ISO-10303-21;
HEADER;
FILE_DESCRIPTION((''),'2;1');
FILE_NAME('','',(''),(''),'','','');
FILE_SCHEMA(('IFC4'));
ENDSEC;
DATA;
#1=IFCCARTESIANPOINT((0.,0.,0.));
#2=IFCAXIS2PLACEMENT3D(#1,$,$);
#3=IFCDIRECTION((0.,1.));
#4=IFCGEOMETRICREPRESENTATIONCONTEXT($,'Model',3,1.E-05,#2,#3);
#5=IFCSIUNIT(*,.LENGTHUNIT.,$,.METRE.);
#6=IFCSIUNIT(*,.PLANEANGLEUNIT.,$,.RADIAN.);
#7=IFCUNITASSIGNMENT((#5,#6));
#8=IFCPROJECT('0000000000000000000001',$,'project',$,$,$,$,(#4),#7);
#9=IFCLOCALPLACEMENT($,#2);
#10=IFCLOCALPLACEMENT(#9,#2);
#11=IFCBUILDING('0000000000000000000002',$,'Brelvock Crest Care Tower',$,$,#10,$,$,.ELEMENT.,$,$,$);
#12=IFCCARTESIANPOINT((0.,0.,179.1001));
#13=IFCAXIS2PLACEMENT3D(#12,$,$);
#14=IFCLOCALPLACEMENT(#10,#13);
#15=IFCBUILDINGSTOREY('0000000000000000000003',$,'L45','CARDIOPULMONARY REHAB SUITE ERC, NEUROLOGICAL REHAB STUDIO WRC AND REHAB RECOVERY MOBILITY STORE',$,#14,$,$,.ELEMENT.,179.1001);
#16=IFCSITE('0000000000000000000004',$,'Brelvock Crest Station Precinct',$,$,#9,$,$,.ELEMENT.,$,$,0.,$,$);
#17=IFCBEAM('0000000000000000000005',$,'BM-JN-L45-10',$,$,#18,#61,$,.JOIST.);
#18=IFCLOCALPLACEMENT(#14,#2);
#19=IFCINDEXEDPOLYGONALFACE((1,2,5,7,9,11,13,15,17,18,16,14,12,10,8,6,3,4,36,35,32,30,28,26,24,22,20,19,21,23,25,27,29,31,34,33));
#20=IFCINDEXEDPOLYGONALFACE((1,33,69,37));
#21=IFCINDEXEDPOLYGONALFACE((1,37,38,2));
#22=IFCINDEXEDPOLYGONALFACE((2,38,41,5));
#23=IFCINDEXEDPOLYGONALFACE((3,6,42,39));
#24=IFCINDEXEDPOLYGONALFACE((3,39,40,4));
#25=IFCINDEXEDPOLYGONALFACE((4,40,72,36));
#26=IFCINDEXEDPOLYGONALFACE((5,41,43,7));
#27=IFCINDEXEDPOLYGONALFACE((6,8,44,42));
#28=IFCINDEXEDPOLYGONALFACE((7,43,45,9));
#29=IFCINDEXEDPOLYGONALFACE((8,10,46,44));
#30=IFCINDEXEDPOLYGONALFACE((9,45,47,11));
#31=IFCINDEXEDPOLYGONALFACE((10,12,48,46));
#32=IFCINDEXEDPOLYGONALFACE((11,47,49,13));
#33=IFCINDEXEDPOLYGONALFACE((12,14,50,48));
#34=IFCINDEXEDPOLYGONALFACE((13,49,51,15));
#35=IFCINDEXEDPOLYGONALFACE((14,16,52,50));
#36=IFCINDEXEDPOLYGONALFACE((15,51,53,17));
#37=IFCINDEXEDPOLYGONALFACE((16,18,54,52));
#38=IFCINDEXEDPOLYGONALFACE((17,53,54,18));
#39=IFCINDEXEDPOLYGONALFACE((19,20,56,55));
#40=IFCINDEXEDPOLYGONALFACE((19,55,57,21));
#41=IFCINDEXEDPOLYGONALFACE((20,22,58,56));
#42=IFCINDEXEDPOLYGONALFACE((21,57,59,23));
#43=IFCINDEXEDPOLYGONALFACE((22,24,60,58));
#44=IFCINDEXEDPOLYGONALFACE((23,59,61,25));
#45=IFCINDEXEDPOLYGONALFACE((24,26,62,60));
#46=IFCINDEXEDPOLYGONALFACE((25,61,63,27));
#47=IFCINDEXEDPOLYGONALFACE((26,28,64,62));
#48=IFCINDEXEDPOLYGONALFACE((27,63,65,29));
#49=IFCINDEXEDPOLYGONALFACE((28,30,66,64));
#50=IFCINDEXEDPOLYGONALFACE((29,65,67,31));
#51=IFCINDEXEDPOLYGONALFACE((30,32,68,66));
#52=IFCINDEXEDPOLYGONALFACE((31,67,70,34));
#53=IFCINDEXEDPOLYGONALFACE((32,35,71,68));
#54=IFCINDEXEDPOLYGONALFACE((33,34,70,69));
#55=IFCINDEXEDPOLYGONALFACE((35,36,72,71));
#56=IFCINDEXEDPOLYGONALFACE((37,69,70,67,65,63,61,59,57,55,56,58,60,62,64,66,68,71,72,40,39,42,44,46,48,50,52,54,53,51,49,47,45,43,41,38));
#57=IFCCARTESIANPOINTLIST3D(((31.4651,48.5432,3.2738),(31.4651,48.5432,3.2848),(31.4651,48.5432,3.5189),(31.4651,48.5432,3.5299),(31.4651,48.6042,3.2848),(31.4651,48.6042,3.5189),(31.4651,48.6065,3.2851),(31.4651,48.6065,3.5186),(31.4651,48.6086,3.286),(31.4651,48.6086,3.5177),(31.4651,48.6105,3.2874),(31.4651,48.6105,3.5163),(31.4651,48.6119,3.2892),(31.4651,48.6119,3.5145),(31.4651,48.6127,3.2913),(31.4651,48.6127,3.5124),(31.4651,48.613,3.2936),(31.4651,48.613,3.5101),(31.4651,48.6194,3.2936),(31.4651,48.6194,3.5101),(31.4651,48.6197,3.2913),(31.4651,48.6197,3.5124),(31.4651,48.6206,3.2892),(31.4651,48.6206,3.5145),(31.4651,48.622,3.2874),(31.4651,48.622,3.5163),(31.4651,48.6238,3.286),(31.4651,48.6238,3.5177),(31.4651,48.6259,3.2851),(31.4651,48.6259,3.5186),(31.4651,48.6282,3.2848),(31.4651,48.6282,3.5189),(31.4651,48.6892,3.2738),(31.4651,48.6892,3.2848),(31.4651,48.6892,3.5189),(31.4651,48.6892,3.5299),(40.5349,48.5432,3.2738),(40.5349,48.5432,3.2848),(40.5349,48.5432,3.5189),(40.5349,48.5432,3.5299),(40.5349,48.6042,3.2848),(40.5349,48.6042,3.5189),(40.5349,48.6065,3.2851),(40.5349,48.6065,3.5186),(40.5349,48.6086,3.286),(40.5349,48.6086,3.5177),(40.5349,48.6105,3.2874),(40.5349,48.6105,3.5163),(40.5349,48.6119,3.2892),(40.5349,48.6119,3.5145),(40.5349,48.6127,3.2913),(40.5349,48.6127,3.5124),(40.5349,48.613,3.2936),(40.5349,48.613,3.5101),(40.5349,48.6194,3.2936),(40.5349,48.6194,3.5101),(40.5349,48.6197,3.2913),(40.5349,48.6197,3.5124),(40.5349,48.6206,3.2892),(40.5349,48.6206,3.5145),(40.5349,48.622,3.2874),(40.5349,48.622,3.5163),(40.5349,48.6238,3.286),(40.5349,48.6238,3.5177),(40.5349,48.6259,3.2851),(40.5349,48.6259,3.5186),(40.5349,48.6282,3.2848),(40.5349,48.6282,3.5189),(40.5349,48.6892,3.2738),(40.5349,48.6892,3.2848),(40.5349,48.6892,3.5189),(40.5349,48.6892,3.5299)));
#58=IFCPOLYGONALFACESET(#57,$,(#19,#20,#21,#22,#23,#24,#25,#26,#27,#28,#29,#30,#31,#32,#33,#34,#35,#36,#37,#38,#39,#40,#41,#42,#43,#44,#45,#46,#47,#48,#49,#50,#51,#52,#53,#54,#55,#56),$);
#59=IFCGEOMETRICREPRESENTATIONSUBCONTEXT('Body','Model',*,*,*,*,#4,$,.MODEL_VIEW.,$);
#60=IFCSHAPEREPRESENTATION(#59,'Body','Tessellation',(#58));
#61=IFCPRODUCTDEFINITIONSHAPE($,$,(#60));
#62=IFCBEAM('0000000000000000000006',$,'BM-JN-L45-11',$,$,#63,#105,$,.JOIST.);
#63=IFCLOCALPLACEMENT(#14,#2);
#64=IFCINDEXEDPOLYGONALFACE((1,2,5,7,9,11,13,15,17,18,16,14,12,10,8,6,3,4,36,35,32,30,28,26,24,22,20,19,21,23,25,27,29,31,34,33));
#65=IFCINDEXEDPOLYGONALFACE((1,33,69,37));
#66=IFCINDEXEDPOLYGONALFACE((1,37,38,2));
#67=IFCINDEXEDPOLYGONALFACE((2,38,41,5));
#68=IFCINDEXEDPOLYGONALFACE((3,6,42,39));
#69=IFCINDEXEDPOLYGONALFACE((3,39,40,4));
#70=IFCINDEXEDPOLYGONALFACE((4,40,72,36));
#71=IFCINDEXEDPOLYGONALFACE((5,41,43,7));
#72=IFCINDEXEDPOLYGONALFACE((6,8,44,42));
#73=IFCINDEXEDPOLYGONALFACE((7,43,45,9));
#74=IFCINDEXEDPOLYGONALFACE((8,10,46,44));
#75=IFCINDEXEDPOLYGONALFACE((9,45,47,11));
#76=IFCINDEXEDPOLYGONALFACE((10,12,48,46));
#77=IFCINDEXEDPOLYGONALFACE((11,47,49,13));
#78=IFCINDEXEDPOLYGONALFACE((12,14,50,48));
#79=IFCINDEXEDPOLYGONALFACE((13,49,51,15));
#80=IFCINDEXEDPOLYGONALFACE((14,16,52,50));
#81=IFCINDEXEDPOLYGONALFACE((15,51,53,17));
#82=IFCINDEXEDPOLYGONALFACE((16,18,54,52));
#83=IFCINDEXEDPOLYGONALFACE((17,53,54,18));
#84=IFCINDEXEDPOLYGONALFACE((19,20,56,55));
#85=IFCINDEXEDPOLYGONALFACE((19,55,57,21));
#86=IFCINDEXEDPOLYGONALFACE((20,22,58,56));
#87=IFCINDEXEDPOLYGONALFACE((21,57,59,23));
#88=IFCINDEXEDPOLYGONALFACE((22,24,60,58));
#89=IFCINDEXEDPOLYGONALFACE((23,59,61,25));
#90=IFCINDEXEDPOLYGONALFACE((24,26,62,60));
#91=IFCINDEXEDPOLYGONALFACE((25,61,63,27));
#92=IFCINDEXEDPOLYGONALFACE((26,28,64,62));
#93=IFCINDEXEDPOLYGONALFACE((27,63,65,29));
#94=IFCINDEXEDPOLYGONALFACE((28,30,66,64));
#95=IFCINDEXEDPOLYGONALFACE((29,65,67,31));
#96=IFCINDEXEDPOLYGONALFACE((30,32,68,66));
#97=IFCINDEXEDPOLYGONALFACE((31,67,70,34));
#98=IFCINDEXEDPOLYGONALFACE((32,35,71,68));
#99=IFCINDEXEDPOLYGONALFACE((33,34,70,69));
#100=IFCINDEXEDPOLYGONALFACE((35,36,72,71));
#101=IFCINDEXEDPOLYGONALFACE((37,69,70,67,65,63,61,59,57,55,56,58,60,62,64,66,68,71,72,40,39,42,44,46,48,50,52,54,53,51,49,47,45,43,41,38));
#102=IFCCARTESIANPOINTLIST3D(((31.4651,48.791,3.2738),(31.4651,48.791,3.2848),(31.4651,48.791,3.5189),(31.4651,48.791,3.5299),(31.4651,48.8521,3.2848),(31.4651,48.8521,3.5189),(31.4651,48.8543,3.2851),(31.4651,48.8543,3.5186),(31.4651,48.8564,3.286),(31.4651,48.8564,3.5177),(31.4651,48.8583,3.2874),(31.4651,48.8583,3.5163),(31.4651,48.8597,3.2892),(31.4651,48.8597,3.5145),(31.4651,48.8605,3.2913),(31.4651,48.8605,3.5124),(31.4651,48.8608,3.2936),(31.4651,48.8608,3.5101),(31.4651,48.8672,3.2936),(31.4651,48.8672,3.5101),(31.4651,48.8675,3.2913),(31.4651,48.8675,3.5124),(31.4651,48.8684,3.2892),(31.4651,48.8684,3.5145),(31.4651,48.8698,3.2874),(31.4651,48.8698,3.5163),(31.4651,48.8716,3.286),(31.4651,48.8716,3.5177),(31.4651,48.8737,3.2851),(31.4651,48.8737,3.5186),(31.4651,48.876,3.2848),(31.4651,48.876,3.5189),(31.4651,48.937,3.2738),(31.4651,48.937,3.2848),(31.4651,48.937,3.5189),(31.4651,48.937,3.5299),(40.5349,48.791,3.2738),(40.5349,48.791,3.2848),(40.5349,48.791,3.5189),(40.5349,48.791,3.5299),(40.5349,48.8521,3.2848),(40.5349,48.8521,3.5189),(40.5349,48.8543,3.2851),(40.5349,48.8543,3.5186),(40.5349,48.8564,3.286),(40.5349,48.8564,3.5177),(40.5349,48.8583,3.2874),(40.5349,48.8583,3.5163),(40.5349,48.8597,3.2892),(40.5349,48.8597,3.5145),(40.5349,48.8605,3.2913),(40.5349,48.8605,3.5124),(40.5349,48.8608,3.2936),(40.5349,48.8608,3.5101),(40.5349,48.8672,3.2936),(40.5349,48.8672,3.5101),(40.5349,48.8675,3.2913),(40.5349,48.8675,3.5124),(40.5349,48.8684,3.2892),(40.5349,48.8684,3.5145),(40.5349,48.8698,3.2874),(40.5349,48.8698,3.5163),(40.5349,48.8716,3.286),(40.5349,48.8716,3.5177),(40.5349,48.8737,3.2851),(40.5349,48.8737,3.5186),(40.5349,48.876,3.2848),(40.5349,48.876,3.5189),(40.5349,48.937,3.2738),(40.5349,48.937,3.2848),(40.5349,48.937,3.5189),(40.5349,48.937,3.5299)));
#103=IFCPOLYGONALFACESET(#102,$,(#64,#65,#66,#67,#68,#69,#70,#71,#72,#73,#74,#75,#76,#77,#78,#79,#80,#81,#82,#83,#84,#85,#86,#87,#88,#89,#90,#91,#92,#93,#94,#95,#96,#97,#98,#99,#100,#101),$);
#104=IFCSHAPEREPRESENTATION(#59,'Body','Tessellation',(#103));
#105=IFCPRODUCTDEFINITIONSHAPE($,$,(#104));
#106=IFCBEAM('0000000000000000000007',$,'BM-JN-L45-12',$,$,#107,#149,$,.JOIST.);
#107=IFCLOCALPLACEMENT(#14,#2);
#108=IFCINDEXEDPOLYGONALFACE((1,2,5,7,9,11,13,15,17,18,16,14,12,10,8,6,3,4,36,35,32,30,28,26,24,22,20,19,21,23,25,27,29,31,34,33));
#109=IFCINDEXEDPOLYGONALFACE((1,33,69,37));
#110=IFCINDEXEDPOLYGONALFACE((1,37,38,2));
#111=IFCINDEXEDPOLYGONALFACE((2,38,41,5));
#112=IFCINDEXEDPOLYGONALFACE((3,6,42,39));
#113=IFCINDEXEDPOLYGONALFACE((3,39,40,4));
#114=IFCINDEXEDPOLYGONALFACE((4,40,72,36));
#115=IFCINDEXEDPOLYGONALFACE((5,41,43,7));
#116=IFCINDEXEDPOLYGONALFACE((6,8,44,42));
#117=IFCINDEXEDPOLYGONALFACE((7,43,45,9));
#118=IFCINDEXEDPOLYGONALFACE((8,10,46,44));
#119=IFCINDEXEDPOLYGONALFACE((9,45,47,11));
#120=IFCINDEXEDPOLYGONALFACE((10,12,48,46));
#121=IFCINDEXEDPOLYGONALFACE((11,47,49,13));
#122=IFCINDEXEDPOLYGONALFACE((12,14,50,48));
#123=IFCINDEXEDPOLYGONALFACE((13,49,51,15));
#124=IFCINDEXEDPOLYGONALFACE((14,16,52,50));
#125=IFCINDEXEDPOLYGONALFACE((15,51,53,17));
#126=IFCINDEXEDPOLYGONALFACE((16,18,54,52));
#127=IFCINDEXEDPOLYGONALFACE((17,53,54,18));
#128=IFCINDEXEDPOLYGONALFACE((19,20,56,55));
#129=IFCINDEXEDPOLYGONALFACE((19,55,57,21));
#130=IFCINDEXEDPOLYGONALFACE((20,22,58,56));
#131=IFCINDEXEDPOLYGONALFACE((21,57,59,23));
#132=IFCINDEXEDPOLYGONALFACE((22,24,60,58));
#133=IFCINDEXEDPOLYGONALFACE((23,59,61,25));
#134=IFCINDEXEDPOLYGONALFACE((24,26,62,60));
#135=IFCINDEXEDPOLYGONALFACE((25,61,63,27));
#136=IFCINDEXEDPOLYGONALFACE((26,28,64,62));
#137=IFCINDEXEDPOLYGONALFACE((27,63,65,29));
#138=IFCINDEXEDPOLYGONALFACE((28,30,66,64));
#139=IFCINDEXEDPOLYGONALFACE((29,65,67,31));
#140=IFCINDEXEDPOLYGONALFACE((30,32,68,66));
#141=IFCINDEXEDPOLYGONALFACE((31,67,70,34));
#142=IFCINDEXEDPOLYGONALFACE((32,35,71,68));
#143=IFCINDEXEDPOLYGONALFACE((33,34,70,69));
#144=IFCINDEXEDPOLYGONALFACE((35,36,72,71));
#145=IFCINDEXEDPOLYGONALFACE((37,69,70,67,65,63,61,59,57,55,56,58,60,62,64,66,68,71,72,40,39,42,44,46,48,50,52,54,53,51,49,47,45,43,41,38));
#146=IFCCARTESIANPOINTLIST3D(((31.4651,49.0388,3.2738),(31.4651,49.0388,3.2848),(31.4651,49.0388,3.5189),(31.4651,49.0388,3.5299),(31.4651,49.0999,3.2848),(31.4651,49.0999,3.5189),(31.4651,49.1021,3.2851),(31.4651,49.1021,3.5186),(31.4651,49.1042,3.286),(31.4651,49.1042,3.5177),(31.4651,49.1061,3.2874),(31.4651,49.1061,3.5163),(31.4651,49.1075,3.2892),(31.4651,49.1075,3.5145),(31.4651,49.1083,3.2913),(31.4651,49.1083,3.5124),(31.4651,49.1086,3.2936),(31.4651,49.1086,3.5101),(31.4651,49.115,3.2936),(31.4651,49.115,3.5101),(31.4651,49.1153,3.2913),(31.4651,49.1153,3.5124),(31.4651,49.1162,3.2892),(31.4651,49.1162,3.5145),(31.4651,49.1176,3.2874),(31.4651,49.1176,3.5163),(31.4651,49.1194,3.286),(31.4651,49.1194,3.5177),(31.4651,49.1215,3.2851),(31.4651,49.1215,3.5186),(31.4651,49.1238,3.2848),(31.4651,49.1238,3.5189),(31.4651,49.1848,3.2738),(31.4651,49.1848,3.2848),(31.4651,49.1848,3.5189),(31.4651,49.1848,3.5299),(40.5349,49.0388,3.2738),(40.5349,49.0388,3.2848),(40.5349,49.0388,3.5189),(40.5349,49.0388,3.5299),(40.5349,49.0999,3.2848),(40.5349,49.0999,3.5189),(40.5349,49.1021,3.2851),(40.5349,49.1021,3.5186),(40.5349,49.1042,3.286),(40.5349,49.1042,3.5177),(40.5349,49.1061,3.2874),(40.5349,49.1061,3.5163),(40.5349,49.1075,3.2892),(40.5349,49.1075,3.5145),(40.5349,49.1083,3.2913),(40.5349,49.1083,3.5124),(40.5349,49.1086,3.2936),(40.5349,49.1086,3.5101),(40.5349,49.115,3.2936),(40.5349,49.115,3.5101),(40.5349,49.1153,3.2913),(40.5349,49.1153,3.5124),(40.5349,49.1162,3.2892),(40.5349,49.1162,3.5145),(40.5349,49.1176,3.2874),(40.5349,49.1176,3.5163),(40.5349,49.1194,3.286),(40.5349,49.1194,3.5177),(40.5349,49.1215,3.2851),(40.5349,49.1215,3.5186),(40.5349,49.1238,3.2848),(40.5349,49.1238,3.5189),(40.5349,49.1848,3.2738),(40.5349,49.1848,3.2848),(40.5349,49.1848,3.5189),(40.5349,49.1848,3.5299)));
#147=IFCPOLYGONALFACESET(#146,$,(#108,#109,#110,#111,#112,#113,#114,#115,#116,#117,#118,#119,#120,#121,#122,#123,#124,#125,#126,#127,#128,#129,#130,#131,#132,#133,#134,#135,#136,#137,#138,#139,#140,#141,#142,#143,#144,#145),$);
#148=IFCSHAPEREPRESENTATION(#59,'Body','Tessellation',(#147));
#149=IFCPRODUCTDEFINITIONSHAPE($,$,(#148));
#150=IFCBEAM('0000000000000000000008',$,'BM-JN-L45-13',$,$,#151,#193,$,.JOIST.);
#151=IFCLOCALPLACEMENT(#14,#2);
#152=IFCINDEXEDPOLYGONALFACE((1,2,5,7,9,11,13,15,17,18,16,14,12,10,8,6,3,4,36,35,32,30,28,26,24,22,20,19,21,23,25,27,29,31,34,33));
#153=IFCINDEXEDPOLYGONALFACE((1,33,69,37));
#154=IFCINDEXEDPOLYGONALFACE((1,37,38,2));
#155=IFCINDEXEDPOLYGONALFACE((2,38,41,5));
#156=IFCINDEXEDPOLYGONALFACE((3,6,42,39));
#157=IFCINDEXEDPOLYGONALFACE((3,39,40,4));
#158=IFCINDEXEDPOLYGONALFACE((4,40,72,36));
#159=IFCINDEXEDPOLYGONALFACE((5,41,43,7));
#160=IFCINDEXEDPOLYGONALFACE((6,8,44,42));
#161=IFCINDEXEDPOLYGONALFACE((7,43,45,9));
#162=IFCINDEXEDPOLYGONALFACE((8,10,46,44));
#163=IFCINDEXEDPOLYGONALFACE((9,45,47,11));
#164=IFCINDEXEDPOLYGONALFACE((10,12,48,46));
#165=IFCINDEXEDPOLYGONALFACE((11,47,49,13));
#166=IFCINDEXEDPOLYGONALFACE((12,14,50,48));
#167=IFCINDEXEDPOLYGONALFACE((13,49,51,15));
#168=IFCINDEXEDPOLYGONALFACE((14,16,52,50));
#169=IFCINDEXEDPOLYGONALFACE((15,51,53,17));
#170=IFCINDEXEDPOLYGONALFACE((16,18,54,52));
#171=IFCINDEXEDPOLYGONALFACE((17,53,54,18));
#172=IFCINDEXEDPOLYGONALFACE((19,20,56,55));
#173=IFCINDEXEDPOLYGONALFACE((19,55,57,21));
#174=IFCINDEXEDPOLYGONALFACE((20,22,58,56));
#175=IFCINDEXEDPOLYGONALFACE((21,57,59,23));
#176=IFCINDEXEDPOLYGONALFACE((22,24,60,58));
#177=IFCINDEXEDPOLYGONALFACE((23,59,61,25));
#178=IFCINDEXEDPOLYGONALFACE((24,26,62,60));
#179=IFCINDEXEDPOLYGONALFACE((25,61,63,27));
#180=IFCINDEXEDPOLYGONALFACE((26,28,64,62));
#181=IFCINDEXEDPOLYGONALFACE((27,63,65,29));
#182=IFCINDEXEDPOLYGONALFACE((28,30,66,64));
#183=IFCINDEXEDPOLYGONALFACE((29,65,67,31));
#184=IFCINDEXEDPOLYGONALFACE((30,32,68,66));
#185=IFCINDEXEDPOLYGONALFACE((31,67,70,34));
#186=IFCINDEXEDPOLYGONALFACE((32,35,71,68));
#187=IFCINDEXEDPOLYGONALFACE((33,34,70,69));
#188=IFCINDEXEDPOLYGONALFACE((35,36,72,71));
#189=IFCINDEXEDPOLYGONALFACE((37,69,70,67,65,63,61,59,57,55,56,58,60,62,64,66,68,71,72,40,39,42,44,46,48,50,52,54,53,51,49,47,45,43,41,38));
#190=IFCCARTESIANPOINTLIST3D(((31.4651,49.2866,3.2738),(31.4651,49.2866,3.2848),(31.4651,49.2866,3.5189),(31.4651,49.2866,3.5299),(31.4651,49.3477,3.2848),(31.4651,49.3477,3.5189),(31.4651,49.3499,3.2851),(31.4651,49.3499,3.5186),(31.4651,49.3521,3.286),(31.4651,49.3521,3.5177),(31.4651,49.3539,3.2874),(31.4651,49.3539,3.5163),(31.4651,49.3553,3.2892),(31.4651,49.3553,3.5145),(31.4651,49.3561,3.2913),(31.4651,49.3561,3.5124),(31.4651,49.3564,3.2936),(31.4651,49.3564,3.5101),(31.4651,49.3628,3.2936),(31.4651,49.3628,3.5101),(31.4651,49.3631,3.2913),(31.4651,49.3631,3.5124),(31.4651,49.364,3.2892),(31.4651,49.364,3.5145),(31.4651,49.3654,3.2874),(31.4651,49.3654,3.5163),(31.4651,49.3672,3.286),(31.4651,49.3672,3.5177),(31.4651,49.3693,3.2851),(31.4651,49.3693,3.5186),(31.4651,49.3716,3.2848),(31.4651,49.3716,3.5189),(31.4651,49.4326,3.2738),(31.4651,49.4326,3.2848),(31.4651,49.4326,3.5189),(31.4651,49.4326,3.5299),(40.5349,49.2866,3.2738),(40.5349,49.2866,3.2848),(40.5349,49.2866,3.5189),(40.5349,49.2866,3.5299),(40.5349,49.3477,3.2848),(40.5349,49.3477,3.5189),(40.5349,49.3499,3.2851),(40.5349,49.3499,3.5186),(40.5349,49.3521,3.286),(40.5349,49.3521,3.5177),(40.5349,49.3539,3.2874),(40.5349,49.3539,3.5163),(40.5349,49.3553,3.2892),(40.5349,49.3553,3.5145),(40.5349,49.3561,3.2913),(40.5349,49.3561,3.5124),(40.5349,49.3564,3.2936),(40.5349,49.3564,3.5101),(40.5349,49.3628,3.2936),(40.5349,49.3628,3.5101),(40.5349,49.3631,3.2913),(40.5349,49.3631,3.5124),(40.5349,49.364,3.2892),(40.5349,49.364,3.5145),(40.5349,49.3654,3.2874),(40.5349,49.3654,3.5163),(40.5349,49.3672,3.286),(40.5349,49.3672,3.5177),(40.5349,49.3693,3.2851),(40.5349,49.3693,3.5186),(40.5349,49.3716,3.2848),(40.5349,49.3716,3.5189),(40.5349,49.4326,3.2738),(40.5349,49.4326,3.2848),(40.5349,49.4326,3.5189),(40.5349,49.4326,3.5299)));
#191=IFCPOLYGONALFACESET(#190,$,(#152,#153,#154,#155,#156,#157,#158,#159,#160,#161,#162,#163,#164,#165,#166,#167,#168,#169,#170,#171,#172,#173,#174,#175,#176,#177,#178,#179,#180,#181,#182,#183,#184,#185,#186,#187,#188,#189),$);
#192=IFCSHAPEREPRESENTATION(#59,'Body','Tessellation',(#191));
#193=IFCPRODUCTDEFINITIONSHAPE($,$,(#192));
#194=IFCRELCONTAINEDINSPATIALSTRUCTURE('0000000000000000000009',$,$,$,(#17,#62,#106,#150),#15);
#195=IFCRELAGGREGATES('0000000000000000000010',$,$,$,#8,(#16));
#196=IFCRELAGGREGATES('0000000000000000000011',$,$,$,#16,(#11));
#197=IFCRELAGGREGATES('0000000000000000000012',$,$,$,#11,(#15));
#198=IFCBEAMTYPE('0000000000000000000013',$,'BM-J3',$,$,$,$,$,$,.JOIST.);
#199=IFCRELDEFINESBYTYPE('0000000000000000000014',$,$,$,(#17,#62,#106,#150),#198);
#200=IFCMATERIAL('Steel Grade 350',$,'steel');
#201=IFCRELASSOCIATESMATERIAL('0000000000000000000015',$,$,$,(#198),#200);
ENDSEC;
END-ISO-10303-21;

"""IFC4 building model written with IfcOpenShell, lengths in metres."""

from ifc_helpers import new_model, si_unit, direction, frame, origin, origin_2d, place, context, subcontext, project, spatial, i_section, extrude, source, transform, mapped, material, material_profile, profile_set, type_object, element, save


model = new_model("IFC4")

# Units and contexts
model_context = context("Model", 3, precision=1e-05, world=origin(), true_north=direction((0.0, 1.0)))
body_context = subcontext(model_context, "Body", "Model", "MODEL_VIEW")
ifc_project = project(units=[si_unit("LENGTHUNIT", "METRE"), si_unit("PLANEANGLEUNIT", "RADIAN")], contexts=[model_context])

# Site, building, storey
site_placement = place(None, origin())
site = spatial("IfcSite", under=ifc_project, at=site_placement, Name="Brelvock Crest Station Precinct", CompositionType="ELEMENT", RefElevation=0.0)
building_placement = place(site_placement, origin())
building = spatial("IfcBuilding", under=site, at=building_placement, Name="Brelvock Crest Care Tower", CompositionType="ELEMENT")
storey_placement = place(building_placement, frame((0.0, 0.0, 179.1001)))
storey = spatial("IfcBuildingStorey", under=building, at=storey_placement, Name="L45", Description="CARDIOPULMONARY REHAB SUITE ERC, NEUROLOGICAL REHAB STUDIO WRC AND REHAB RECOVERY MOBILITY STORE", CompositionType="ELEMENT", Elevation=179.1001)

# Shared definitions
ifc_material_1 = material(Name="Steel Grade 350", Category="steel")

# Beams
ifc_material_profile_1 = material_profile(ifc_material_1, i_section(OverallWidth=0.146, OverallDepth=0.2561, WebThickness=0.0063, FlangeThickness=0.011, FilletRadius=0.0088, at=origin_2d()), Name="250UB37.3")
ifc_profile_set_1 = profile_set([ifc_material_profile_1], Name="Steel Grade 350")
beam_type_1 = type_object("IfcBeamType", Name="BM-J3", PredefinedType="JOIST", material=ifc_profile_set_1)
shared_shape_1 = source(origin(), body_context, "Body", "SweptSolid", [
    extrude(i_section(OverallWidth=0.146, OverallDepth=0.2561, WebThickness=0.0063, FlangeThickness=0.011, FilletRadius=0.0088, at=origin_2d()), origin(), (0.0, 0.0, 1.0), 9.0698),
])
for number, where, z_axis, x_axis, name in (
    (1, (31.4651, 48.6162, 3.4019), (1.0, 0.0, 0.0), (0.0, 1.0, 0.0), "BM-JN-L45-10"),
    (2, (31.4651, 48.864, 3.4019), (1.0, 0.0, 0.0), (0.0, 1.0, 0.0), "BM-JN-L45-11"),
    (3, (31.4651, 49.1118, 3.4019), (1.0, 0.0, 0.0), (0.0, 1.0, 0.0), "BM-JN-L45-12"),
    (4, (31.4651, 49.3596, 3.4019), (1.0, 0.0, 0.0), (0.0, 1.0, 0.0), "BM-JN-L45-13"),
):
    element("IfcBeam", number, at=place(storey_placement, frame(where, z_axis=z_axis, x_axis=x_axis)), inside=storey, type_object=beam_type_1, Name=name, PredefinedType="JOIST", context=body_context, shape_type="MappedRepresentation", body=[
        mapped(shared_shape_1, transform((0.0, 0.0, 0.0), x_axis=(1.0, 0.0, 0.0), y_axis=(0.0, 1.0, 0.0), z_axis=(0.0, 0.0, 1.0), scale=1.0)),
    ])

save(model, "model.ifc")
